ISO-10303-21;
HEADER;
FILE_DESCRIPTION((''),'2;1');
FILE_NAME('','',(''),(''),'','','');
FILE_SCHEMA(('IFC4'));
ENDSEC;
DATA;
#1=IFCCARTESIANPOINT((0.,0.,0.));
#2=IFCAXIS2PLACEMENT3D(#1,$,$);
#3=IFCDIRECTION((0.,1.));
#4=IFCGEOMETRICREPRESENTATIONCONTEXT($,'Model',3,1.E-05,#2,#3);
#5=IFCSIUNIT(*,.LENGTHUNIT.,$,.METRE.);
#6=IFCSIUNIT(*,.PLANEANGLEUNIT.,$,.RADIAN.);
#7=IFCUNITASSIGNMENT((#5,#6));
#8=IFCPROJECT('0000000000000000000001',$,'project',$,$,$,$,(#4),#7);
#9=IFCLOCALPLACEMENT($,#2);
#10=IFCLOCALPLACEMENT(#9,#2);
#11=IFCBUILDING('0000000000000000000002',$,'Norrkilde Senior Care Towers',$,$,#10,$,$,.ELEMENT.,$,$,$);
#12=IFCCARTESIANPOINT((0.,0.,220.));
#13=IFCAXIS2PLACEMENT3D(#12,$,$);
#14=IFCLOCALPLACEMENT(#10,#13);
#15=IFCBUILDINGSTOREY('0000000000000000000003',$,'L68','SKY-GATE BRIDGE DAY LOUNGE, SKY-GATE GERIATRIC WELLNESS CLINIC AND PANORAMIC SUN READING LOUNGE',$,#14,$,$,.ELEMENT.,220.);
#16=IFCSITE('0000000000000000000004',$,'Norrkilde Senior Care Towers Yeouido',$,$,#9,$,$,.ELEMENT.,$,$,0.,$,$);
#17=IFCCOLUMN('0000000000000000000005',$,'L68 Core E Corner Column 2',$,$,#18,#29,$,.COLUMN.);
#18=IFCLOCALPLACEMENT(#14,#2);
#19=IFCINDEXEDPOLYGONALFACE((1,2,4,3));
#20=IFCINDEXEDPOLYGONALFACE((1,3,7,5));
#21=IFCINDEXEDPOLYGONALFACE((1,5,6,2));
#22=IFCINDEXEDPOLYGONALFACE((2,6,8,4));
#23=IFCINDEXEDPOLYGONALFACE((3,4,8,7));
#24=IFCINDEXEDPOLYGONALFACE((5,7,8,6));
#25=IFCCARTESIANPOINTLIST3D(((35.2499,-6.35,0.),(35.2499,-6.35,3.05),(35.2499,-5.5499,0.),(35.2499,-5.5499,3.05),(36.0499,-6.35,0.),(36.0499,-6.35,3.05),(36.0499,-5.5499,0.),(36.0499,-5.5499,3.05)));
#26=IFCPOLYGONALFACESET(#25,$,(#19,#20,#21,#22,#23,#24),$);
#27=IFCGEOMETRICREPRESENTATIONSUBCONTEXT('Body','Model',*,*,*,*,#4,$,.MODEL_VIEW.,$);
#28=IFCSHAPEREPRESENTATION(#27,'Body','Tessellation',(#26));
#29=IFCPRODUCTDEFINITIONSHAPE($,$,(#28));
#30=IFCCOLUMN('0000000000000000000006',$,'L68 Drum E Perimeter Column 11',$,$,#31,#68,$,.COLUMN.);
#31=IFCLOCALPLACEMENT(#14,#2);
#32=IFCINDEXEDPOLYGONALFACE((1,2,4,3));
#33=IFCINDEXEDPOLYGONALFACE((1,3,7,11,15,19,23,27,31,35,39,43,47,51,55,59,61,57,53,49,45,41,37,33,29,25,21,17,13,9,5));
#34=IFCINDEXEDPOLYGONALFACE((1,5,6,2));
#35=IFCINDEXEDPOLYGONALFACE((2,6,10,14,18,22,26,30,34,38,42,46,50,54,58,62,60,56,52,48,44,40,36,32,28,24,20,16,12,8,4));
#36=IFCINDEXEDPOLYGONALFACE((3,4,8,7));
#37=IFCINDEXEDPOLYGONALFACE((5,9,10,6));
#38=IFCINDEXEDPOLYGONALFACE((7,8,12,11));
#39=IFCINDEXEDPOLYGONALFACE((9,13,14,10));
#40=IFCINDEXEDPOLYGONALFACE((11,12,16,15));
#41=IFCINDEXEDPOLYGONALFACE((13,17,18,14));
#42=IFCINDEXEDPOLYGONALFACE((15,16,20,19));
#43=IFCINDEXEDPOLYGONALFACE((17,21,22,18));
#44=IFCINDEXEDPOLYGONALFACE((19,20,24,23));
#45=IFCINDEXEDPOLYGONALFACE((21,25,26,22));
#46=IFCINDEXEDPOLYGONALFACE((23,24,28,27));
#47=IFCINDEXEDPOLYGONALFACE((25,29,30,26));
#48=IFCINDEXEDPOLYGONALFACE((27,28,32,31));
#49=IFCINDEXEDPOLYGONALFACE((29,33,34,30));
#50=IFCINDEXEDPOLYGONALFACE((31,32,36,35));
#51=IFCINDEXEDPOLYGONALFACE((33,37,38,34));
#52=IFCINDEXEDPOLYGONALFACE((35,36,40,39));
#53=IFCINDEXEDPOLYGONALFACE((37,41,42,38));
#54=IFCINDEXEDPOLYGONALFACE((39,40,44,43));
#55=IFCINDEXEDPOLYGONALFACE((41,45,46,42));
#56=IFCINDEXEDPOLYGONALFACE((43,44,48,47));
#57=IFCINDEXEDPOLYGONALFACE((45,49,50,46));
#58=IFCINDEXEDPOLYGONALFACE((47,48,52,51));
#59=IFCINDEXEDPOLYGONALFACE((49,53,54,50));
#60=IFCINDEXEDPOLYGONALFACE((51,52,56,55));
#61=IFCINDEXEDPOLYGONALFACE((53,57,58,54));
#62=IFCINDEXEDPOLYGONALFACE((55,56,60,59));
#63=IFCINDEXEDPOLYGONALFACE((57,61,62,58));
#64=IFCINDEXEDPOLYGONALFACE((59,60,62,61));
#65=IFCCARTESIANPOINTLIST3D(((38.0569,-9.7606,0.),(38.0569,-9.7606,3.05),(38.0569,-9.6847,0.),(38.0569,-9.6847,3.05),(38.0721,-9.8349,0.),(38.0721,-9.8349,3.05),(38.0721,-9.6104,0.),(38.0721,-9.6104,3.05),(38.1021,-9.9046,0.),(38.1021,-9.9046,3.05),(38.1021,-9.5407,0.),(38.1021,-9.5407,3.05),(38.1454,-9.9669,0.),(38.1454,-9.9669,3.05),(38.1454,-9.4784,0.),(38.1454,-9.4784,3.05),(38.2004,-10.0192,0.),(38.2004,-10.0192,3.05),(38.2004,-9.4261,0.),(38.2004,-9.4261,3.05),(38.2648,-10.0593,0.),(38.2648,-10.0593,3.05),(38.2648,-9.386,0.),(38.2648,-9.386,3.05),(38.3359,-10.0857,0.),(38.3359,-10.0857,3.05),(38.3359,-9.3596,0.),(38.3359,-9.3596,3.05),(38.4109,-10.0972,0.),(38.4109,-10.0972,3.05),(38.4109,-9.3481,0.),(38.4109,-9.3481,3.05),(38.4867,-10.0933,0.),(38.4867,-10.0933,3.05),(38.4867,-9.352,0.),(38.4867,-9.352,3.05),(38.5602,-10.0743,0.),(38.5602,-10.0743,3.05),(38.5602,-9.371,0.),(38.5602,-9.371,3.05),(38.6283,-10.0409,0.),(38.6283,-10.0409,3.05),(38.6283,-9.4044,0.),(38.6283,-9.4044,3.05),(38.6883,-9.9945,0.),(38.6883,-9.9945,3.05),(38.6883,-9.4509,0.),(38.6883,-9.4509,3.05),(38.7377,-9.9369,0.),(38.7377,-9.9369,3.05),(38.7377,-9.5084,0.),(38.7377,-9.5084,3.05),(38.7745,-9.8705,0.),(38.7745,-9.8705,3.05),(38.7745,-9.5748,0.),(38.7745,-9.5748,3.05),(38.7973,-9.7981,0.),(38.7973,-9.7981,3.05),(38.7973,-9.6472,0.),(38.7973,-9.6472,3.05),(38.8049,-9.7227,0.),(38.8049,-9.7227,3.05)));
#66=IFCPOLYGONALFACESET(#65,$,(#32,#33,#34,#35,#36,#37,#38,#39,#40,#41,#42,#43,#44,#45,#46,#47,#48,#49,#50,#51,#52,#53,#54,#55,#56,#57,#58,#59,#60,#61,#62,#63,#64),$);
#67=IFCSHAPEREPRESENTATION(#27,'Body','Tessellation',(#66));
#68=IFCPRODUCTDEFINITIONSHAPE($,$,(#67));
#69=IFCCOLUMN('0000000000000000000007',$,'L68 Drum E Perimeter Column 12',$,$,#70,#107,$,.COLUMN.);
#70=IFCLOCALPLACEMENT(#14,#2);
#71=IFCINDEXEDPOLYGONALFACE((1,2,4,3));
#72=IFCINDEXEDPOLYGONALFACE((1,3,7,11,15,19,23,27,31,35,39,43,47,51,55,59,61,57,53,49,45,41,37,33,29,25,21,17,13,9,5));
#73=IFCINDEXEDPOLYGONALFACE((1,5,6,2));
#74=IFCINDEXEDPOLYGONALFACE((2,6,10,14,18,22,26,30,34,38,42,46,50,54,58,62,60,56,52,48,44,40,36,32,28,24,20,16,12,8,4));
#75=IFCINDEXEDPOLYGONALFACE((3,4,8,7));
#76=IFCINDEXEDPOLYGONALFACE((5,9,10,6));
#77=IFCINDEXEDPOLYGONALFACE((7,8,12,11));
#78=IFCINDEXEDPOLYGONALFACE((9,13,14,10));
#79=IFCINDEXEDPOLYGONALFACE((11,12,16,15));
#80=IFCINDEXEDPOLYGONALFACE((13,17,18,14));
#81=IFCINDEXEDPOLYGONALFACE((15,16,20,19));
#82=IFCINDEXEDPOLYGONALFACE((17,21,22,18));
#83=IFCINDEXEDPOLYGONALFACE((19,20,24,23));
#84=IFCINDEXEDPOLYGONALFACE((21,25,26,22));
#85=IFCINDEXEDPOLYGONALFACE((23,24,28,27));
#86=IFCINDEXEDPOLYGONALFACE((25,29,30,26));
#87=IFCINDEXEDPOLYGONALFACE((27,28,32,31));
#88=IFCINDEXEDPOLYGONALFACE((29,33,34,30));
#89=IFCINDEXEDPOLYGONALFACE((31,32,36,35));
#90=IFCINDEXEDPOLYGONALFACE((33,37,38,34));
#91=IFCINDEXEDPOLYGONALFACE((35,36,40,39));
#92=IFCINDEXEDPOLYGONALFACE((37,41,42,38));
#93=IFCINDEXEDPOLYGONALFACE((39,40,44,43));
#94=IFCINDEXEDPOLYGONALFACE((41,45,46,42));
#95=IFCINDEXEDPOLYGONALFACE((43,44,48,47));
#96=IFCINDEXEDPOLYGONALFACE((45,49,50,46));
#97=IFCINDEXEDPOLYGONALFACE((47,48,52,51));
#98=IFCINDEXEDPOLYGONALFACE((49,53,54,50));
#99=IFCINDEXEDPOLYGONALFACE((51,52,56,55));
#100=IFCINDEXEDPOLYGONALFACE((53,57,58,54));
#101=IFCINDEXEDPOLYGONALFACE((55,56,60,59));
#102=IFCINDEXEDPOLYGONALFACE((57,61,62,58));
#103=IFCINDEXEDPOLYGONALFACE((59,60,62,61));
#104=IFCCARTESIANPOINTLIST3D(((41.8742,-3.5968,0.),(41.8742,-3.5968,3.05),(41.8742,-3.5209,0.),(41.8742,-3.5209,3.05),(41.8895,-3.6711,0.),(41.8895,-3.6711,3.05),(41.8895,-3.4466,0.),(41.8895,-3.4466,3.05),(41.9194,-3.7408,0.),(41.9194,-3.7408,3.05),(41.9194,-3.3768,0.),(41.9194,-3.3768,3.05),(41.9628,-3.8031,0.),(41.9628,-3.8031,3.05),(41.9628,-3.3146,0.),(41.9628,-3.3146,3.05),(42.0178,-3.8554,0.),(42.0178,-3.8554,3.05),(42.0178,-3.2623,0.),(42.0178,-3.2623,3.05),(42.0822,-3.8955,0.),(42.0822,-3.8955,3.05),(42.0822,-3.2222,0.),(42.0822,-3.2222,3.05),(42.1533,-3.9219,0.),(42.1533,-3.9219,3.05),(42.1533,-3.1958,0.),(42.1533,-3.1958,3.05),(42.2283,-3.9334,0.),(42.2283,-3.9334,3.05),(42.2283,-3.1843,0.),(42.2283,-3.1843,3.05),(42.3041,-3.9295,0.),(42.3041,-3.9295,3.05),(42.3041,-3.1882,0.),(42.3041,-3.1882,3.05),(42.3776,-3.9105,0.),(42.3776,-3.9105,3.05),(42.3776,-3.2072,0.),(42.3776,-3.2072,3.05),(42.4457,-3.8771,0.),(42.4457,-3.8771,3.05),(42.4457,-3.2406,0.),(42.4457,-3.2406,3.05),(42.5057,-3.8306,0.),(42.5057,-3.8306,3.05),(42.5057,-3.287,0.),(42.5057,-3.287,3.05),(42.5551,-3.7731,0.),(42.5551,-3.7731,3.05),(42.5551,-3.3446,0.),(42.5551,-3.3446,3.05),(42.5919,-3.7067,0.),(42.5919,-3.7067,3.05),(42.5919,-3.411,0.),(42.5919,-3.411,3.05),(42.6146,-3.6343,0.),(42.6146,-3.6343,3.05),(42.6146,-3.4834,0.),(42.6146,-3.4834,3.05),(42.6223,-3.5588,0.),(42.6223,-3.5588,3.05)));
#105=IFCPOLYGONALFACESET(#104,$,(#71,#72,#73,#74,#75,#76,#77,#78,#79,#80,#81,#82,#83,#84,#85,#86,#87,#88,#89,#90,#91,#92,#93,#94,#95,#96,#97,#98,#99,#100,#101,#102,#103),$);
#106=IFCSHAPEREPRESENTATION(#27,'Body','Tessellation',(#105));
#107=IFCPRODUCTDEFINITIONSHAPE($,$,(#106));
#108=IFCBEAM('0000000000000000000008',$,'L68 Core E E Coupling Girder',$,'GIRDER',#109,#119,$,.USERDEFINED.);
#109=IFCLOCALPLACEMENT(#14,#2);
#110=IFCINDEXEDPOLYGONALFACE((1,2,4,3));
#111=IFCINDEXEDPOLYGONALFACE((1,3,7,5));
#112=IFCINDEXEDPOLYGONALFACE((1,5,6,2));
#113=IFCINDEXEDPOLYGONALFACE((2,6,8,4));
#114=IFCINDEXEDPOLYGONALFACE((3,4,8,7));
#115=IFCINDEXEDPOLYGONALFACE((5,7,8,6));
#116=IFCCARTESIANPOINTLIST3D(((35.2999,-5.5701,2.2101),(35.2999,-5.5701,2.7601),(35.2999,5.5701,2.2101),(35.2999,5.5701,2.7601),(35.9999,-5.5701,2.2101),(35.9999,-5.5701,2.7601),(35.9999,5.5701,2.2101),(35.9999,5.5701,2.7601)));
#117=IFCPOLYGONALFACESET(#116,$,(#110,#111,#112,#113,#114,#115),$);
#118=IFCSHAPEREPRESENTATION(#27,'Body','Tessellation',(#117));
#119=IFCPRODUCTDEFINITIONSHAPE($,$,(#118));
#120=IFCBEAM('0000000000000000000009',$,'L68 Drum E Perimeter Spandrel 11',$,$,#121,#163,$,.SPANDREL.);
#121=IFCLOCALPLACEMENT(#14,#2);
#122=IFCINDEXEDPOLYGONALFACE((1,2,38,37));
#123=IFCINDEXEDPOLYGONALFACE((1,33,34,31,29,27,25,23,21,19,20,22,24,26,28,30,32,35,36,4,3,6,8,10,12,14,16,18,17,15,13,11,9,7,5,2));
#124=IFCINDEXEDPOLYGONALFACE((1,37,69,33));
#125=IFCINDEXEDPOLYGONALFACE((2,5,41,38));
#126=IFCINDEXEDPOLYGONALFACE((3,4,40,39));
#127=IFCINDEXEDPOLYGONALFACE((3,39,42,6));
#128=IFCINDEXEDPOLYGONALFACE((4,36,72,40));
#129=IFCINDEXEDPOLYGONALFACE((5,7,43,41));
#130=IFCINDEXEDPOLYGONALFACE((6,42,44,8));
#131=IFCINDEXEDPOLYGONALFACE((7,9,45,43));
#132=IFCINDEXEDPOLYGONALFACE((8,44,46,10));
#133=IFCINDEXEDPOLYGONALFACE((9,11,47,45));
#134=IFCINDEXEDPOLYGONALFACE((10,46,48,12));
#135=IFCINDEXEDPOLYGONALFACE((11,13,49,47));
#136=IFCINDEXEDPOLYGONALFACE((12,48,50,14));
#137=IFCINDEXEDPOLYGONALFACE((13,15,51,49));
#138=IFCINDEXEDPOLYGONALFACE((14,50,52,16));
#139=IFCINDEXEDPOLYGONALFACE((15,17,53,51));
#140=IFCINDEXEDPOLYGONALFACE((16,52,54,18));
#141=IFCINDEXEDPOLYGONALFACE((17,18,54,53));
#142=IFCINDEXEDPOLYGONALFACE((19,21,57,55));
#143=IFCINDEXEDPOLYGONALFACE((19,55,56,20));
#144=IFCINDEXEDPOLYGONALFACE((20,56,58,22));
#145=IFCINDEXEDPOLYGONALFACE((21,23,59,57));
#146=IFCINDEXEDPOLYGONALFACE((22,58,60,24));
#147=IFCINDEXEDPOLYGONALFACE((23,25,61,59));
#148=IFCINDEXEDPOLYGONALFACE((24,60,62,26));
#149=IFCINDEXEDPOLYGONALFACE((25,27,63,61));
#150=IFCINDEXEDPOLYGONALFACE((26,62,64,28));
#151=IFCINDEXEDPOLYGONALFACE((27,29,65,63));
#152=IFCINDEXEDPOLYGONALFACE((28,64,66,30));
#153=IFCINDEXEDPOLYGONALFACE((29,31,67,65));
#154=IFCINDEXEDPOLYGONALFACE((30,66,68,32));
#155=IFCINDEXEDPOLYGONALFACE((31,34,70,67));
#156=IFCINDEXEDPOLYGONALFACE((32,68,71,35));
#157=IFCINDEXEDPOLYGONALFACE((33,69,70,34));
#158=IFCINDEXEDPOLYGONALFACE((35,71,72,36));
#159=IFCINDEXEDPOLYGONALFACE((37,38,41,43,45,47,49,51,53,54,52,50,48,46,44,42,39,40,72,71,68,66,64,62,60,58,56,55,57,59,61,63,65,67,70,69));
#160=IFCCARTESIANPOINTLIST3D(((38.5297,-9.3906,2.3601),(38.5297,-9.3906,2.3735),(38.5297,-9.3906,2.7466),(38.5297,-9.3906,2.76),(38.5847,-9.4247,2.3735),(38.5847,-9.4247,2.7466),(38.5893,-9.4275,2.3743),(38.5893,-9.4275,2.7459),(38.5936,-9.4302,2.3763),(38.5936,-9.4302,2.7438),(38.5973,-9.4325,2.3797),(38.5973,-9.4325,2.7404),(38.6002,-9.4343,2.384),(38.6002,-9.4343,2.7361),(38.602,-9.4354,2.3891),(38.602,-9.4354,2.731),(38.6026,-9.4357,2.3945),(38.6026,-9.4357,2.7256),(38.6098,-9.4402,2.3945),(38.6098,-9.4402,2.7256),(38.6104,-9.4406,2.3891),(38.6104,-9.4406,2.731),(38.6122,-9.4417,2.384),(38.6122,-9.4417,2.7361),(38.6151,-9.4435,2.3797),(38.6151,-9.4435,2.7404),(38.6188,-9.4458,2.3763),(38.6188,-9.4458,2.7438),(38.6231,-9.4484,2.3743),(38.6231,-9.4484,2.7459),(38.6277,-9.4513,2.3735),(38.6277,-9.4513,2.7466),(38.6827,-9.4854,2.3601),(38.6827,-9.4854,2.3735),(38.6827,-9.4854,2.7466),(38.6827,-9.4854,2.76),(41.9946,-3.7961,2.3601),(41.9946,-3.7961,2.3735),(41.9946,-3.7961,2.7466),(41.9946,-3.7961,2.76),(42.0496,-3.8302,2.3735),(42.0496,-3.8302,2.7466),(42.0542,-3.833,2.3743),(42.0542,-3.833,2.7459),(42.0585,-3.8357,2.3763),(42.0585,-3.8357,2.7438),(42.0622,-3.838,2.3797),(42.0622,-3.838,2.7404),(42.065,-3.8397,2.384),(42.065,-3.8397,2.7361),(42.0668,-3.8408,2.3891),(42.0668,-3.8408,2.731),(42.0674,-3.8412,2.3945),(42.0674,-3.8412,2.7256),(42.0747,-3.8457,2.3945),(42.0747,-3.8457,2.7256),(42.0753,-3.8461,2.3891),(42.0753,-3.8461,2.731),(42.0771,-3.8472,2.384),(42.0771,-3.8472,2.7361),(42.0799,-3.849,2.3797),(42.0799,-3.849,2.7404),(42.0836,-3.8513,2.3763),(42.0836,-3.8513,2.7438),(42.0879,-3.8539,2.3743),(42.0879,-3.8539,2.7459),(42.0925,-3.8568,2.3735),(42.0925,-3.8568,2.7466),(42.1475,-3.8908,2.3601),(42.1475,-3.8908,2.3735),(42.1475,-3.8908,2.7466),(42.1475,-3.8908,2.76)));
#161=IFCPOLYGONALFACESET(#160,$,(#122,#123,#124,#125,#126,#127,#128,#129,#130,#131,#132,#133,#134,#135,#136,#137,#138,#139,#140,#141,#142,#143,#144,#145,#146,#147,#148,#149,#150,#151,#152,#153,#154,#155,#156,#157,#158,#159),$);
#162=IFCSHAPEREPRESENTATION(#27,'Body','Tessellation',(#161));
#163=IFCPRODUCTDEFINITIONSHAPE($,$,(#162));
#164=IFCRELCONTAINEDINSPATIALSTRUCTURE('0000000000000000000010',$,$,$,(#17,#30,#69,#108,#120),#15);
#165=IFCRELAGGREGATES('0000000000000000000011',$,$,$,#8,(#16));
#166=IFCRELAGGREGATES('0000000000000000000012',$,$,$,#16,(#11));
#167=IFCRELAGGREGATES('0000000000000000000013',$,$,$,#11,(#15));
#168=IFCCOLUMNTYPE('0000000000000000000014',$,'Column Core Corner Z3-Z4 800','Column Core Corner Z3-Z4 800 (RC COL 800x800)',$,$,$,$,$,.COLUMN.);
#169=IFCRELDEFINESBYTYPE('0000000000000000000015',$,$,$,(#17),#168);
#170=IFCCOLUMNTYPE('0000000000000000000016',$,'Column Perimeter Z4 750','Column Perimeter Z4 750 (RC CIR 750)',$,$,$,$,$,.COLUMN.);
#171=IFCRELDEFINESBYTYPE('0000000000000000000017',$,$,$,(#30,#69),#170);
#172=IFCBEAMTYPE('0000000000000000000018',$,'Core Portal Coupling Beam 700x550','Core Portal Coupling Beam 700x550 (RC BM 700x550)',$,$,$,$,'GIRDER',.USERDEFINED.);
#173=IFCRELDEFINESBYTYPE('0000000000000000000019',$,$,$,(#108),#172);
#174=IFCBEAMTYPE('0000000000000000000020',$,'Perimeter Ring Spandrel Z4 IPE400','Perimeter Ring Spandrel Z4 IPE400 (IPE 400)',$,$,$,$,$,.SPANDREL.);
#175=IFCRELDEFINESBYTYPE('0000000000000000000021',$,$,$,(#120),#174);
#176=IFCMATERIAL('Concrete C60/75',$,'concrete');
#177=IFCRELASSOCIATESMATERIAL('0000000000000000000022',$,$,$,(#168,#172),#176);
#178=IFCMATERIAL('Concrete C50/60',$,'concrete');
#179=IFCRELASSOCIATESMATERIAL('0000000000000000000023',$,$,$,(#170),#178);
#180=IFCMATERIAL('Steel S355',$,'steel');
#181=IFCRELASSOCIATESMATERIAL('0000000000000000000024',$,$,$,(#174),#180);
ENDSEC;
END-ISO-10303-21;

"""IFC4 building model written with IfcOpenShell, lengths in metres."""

from ifc_helpers import new_model, si_unit, direction, frame, origin, origin_2d, place, context, subcontext, project, spatial, rectangle, circle, i_section, extrude, source, transform, mapped, material, material_profile, profile_set, type_object, type_shapes, element, save


model = new_model("IFC4")

# Units and contexts
model_context = context("Model", 3, precision=1e-05, world=origin(), true_north=direction((0.0, 1.0)))
body_context = subcontext(model_context, "Body", "Model", "MODEL_VIEW")
ifc_project = project(units=[si_unit("LENGTHUNIT", "METRE"), si_unit("PLANEANGLEUNIT", "RADIAN")], contexts=[model_context])

# Site, building, storey
site_placement = place(None, origin())
site = spatial("IfcSite", under=ifc_project, at=site_placement, Name="Norrkilde Senior Care Towers Yeouido", CompositionType="ELEMENT", RefElevation=0.0)
building_placement = place(site_placement, origin())
building = spatial("IfcBuilding", under=site, at=building_placement, Name="Norrkilde Senior Care Towers", CompositionType="ELEMENT")
storey_placement = place(building_placement, frame((0.0, 0.0, 220.0)))
storey = spatial("IfcBuildingStorey", under=building, at=storey_placement, Name="L68", Description="SKY-GATE BRIDGE DAY LOUNGE, SKY-GATE GERIATRIC WELLNESS CLINIC AND PANORAMIC SUN READING LOUNGE", CompositionType="ELEMENT", Elevation=220.0)

# Columns
ifc_material_1 = material(Name="Concrete C60/75", Category="concrete")
ifc_material_profile_1 = material_profile(ifc_material_1, rectangle(XDim=0.8, YDim=0.8, at=origin_2d()), Name="RC COL 800x800")
ifc_profile_set_1 = profile_set([ifc_material_profile_1], Name="Concrete C60/75")
column_type_1 = type_object("IfcColumnType", Name="Column Core Corner Z3-Z4 800", Description="Column Core Corner Z3-Z4 800 (RC COL 800x800)", PredefinedType="COLUMN", material=ifc_profile_set_1)
shared_shape_1 = source(origin(), body_context, "Body", "SweptSolid", [
    extrude(rectangle(XDim=0.8, YDim=0.8, at=origin_2d()), origin(), (0.0, 0.0, 1.0), 3.05),
])
type_shapes(column_type_1, [shared_shape_1])
column_placement = place(storey_placement, frame((35.6499, -5.95, 0.0), z_axis=(0.0, 0.0, 1.0), x_axis=(1.0, 0.0, 0.0)))
element("IfcColumn", 1, at=column_placement, inside=storey, type_object=column_type_1, Name="L68 Core E Corner Column 2", PredefinedType="COLUMN", context=body_context, shape_type="MappedRepresentation", body=[
    mapped(shared_shape_1, transform((0.0, 0.0, 0.0), x_axis=(1.0, 0.0, 0.0), y_axis=(0.0, 1.0, 0.0), z_axis=(0.0, 0.0, 1.0), scale=1.0)),
])
ifc_material_2 = material(Name="Concrete C50/60", Category="concrete")
ifc_material_profile_2 = material_profile(ifc_material_2, circle(Radius=0.375, at=origin_2d()), Name="RC CIR 750")
ifc_profile_set_2 = profile_set([ifc_material_profile_2], Name="Concrete C50/60")
column_type_2 = type_object("IfcColumnType", Name="Column Perimeter Z4 750", Description="Column Perimeter Z4 750 (RC CIR 750)", PredefinedType="COLUMN", material=ifc_profile_set_2)
shared_shape_2 = source(origin(), body_context, "Body", "SweptSolid", [
    extrude(circle(Radius=0.375, at=origin_2d()), origin(), (0.0, 0.0, 1.0), 3.05),
])
type_shapes(column_type_2, [shared_shape_2])
for number, where, z_axis, x_axis, name in (
    (2, (38.4299, -9.7227, 0.0), (0.0, 0.0, 1.0), (1.0, 0.0, 0.0), "L68 Drum E Perimeter Column 11"),
    (3, (42.2473, -3.5588, 0.0), (0.0, 0.0, 1.0), (1.0, 0.0, 0.0), "L68 Drum E Perimeter Column 12"),
):
    element("IfcColumn", number, at=place(storey_placement, frame(where, z_axis=z_axis, x_axis=x_axis)), inside=storey, type_object=column_type_2, Name=name, PredefinedType="COLUMN", context=body_context, shape_type="MappedRepresentation", body=[
        mapped(shared_shape_2, transform((0.0, 0.0, 0.0), x_axis=(1.0, 0.0, 0.0), y_axis=(0.0, 1.0, 0.0), z_axis=(0.0, 0.0, 1.0), scale=1.0)),
    ])

# Beams
ifc_material_profile_3 = material_profile(ifc_material_1, rectangle(XDim=0.7, YDim=0.55, at=origin_2d()), Name="RC BM 700x550")
ifc_profile_set_3 = profile_set([ifc_material_profile_3], Name="Concrete C60/75")
beam_type_1 = type_object("IfcBeamType", Name="Core Portal Coupling Beam 700x550", Description="Core Portal Coupling Beam 700x550 (RC BM 700x550)", ElementType="GIRDER", PredefinedType="USERDEFINED", material=ifc_profile_set_3)
shared_shape_3 = source(origin(), body_context, "Body", "SweptSolid", [
    extrude(rectangle(XDim=0.7, YDim=0.55, at=origin_2d()), origin(), (0.0, 0.0, 1.0), 11.1401),
])
type_shapes(beam_type_1, [shared_shape_3])
beam_1_placement = place(storey_placement, frame((35.6499, -5.5701, 2.4851), z_axis=(0.0, 1.0, 0.0), x_axis=(-1.0, 0.0, 0.0)))
element("IfcBeam", 4, at=beam_1_placement, inside=storey, type_object=beam_type_1, Name="L68 Core E E Coupling Girder", ObjectType="GIRDER", PredefinedType="USERDEFINED", context=body_context, shape_type="MappedRepresentation", body=[
    mapped(shared_shape_3, transform((0.0, 0.0, 0.0), x_axis=(1.0, 0.0, 0.0), y_axis=(0.0, 1.0, 0.0), z_axis=(0.0, 0.0, 1.0), scale=1.0)),
])
ifc_material_3 = material(Name="Steel S355", Category="steel")
ifc_material_profile_4 = material_profile(ifc_material_3, i_section(OverallWidth=0.1799, OverallDepth=0.3999, WebThickness=0.0085, FlangeThickness=0.0134, FilletRadius=0.021, at=origin_2d()), Name="IPE 400")
ifc_profile_set_4 = profile_set([ifc_material_profile_4], Name="Steel S355")
beam_type_2 = type_object("IfcBeamType", Name="Perimeter Ring Spandrel Z4 IPE400", Description="Perimeter Ring Spandrel Z4 IPE400 (IPE 400)", PredefinedType="SPANDREL", material=ifc_profile_set_4)
shared_shape_4 = source(origin(), body_context, "Body", "SweptSolid", [
    extrude(i_section(OverallWidth=0.1799, OverallDepth=0.3999, WebThickness=0.0085, FlangeThickness=0.0134, FilletRadius=0.021, at=origin_2d()), origin(), (0.0, 0.0, 1.0), 6.5806),
])
beam_2_placement = place(storey_placement, frame((38.6062, -9.438, 2.5601), z_axis=(0.52653, 0.850157, 0.0), x_axis=(-0.850157, 0.52653, 0.0)))
element("IfcBeam", 5, at=beam_2_placement, inside=storey, type_object=beam_type_2, Name="L68 Drum E Perimeter Spandrel 11", PredefinedType="SPANDREL", context=body_context, shape_type="MappedRepresentation", body=[
    mapped(shared_shape_4, transform((0.0, 0.0, 0.0), x_axis=(1.0, 0.0, 0.0), y_axis=(0.0, 1.0, 0.0), z_axis=(0.0, 0.0, 1.0), scale=1.0)),
])

save(model, "model.ifc")
